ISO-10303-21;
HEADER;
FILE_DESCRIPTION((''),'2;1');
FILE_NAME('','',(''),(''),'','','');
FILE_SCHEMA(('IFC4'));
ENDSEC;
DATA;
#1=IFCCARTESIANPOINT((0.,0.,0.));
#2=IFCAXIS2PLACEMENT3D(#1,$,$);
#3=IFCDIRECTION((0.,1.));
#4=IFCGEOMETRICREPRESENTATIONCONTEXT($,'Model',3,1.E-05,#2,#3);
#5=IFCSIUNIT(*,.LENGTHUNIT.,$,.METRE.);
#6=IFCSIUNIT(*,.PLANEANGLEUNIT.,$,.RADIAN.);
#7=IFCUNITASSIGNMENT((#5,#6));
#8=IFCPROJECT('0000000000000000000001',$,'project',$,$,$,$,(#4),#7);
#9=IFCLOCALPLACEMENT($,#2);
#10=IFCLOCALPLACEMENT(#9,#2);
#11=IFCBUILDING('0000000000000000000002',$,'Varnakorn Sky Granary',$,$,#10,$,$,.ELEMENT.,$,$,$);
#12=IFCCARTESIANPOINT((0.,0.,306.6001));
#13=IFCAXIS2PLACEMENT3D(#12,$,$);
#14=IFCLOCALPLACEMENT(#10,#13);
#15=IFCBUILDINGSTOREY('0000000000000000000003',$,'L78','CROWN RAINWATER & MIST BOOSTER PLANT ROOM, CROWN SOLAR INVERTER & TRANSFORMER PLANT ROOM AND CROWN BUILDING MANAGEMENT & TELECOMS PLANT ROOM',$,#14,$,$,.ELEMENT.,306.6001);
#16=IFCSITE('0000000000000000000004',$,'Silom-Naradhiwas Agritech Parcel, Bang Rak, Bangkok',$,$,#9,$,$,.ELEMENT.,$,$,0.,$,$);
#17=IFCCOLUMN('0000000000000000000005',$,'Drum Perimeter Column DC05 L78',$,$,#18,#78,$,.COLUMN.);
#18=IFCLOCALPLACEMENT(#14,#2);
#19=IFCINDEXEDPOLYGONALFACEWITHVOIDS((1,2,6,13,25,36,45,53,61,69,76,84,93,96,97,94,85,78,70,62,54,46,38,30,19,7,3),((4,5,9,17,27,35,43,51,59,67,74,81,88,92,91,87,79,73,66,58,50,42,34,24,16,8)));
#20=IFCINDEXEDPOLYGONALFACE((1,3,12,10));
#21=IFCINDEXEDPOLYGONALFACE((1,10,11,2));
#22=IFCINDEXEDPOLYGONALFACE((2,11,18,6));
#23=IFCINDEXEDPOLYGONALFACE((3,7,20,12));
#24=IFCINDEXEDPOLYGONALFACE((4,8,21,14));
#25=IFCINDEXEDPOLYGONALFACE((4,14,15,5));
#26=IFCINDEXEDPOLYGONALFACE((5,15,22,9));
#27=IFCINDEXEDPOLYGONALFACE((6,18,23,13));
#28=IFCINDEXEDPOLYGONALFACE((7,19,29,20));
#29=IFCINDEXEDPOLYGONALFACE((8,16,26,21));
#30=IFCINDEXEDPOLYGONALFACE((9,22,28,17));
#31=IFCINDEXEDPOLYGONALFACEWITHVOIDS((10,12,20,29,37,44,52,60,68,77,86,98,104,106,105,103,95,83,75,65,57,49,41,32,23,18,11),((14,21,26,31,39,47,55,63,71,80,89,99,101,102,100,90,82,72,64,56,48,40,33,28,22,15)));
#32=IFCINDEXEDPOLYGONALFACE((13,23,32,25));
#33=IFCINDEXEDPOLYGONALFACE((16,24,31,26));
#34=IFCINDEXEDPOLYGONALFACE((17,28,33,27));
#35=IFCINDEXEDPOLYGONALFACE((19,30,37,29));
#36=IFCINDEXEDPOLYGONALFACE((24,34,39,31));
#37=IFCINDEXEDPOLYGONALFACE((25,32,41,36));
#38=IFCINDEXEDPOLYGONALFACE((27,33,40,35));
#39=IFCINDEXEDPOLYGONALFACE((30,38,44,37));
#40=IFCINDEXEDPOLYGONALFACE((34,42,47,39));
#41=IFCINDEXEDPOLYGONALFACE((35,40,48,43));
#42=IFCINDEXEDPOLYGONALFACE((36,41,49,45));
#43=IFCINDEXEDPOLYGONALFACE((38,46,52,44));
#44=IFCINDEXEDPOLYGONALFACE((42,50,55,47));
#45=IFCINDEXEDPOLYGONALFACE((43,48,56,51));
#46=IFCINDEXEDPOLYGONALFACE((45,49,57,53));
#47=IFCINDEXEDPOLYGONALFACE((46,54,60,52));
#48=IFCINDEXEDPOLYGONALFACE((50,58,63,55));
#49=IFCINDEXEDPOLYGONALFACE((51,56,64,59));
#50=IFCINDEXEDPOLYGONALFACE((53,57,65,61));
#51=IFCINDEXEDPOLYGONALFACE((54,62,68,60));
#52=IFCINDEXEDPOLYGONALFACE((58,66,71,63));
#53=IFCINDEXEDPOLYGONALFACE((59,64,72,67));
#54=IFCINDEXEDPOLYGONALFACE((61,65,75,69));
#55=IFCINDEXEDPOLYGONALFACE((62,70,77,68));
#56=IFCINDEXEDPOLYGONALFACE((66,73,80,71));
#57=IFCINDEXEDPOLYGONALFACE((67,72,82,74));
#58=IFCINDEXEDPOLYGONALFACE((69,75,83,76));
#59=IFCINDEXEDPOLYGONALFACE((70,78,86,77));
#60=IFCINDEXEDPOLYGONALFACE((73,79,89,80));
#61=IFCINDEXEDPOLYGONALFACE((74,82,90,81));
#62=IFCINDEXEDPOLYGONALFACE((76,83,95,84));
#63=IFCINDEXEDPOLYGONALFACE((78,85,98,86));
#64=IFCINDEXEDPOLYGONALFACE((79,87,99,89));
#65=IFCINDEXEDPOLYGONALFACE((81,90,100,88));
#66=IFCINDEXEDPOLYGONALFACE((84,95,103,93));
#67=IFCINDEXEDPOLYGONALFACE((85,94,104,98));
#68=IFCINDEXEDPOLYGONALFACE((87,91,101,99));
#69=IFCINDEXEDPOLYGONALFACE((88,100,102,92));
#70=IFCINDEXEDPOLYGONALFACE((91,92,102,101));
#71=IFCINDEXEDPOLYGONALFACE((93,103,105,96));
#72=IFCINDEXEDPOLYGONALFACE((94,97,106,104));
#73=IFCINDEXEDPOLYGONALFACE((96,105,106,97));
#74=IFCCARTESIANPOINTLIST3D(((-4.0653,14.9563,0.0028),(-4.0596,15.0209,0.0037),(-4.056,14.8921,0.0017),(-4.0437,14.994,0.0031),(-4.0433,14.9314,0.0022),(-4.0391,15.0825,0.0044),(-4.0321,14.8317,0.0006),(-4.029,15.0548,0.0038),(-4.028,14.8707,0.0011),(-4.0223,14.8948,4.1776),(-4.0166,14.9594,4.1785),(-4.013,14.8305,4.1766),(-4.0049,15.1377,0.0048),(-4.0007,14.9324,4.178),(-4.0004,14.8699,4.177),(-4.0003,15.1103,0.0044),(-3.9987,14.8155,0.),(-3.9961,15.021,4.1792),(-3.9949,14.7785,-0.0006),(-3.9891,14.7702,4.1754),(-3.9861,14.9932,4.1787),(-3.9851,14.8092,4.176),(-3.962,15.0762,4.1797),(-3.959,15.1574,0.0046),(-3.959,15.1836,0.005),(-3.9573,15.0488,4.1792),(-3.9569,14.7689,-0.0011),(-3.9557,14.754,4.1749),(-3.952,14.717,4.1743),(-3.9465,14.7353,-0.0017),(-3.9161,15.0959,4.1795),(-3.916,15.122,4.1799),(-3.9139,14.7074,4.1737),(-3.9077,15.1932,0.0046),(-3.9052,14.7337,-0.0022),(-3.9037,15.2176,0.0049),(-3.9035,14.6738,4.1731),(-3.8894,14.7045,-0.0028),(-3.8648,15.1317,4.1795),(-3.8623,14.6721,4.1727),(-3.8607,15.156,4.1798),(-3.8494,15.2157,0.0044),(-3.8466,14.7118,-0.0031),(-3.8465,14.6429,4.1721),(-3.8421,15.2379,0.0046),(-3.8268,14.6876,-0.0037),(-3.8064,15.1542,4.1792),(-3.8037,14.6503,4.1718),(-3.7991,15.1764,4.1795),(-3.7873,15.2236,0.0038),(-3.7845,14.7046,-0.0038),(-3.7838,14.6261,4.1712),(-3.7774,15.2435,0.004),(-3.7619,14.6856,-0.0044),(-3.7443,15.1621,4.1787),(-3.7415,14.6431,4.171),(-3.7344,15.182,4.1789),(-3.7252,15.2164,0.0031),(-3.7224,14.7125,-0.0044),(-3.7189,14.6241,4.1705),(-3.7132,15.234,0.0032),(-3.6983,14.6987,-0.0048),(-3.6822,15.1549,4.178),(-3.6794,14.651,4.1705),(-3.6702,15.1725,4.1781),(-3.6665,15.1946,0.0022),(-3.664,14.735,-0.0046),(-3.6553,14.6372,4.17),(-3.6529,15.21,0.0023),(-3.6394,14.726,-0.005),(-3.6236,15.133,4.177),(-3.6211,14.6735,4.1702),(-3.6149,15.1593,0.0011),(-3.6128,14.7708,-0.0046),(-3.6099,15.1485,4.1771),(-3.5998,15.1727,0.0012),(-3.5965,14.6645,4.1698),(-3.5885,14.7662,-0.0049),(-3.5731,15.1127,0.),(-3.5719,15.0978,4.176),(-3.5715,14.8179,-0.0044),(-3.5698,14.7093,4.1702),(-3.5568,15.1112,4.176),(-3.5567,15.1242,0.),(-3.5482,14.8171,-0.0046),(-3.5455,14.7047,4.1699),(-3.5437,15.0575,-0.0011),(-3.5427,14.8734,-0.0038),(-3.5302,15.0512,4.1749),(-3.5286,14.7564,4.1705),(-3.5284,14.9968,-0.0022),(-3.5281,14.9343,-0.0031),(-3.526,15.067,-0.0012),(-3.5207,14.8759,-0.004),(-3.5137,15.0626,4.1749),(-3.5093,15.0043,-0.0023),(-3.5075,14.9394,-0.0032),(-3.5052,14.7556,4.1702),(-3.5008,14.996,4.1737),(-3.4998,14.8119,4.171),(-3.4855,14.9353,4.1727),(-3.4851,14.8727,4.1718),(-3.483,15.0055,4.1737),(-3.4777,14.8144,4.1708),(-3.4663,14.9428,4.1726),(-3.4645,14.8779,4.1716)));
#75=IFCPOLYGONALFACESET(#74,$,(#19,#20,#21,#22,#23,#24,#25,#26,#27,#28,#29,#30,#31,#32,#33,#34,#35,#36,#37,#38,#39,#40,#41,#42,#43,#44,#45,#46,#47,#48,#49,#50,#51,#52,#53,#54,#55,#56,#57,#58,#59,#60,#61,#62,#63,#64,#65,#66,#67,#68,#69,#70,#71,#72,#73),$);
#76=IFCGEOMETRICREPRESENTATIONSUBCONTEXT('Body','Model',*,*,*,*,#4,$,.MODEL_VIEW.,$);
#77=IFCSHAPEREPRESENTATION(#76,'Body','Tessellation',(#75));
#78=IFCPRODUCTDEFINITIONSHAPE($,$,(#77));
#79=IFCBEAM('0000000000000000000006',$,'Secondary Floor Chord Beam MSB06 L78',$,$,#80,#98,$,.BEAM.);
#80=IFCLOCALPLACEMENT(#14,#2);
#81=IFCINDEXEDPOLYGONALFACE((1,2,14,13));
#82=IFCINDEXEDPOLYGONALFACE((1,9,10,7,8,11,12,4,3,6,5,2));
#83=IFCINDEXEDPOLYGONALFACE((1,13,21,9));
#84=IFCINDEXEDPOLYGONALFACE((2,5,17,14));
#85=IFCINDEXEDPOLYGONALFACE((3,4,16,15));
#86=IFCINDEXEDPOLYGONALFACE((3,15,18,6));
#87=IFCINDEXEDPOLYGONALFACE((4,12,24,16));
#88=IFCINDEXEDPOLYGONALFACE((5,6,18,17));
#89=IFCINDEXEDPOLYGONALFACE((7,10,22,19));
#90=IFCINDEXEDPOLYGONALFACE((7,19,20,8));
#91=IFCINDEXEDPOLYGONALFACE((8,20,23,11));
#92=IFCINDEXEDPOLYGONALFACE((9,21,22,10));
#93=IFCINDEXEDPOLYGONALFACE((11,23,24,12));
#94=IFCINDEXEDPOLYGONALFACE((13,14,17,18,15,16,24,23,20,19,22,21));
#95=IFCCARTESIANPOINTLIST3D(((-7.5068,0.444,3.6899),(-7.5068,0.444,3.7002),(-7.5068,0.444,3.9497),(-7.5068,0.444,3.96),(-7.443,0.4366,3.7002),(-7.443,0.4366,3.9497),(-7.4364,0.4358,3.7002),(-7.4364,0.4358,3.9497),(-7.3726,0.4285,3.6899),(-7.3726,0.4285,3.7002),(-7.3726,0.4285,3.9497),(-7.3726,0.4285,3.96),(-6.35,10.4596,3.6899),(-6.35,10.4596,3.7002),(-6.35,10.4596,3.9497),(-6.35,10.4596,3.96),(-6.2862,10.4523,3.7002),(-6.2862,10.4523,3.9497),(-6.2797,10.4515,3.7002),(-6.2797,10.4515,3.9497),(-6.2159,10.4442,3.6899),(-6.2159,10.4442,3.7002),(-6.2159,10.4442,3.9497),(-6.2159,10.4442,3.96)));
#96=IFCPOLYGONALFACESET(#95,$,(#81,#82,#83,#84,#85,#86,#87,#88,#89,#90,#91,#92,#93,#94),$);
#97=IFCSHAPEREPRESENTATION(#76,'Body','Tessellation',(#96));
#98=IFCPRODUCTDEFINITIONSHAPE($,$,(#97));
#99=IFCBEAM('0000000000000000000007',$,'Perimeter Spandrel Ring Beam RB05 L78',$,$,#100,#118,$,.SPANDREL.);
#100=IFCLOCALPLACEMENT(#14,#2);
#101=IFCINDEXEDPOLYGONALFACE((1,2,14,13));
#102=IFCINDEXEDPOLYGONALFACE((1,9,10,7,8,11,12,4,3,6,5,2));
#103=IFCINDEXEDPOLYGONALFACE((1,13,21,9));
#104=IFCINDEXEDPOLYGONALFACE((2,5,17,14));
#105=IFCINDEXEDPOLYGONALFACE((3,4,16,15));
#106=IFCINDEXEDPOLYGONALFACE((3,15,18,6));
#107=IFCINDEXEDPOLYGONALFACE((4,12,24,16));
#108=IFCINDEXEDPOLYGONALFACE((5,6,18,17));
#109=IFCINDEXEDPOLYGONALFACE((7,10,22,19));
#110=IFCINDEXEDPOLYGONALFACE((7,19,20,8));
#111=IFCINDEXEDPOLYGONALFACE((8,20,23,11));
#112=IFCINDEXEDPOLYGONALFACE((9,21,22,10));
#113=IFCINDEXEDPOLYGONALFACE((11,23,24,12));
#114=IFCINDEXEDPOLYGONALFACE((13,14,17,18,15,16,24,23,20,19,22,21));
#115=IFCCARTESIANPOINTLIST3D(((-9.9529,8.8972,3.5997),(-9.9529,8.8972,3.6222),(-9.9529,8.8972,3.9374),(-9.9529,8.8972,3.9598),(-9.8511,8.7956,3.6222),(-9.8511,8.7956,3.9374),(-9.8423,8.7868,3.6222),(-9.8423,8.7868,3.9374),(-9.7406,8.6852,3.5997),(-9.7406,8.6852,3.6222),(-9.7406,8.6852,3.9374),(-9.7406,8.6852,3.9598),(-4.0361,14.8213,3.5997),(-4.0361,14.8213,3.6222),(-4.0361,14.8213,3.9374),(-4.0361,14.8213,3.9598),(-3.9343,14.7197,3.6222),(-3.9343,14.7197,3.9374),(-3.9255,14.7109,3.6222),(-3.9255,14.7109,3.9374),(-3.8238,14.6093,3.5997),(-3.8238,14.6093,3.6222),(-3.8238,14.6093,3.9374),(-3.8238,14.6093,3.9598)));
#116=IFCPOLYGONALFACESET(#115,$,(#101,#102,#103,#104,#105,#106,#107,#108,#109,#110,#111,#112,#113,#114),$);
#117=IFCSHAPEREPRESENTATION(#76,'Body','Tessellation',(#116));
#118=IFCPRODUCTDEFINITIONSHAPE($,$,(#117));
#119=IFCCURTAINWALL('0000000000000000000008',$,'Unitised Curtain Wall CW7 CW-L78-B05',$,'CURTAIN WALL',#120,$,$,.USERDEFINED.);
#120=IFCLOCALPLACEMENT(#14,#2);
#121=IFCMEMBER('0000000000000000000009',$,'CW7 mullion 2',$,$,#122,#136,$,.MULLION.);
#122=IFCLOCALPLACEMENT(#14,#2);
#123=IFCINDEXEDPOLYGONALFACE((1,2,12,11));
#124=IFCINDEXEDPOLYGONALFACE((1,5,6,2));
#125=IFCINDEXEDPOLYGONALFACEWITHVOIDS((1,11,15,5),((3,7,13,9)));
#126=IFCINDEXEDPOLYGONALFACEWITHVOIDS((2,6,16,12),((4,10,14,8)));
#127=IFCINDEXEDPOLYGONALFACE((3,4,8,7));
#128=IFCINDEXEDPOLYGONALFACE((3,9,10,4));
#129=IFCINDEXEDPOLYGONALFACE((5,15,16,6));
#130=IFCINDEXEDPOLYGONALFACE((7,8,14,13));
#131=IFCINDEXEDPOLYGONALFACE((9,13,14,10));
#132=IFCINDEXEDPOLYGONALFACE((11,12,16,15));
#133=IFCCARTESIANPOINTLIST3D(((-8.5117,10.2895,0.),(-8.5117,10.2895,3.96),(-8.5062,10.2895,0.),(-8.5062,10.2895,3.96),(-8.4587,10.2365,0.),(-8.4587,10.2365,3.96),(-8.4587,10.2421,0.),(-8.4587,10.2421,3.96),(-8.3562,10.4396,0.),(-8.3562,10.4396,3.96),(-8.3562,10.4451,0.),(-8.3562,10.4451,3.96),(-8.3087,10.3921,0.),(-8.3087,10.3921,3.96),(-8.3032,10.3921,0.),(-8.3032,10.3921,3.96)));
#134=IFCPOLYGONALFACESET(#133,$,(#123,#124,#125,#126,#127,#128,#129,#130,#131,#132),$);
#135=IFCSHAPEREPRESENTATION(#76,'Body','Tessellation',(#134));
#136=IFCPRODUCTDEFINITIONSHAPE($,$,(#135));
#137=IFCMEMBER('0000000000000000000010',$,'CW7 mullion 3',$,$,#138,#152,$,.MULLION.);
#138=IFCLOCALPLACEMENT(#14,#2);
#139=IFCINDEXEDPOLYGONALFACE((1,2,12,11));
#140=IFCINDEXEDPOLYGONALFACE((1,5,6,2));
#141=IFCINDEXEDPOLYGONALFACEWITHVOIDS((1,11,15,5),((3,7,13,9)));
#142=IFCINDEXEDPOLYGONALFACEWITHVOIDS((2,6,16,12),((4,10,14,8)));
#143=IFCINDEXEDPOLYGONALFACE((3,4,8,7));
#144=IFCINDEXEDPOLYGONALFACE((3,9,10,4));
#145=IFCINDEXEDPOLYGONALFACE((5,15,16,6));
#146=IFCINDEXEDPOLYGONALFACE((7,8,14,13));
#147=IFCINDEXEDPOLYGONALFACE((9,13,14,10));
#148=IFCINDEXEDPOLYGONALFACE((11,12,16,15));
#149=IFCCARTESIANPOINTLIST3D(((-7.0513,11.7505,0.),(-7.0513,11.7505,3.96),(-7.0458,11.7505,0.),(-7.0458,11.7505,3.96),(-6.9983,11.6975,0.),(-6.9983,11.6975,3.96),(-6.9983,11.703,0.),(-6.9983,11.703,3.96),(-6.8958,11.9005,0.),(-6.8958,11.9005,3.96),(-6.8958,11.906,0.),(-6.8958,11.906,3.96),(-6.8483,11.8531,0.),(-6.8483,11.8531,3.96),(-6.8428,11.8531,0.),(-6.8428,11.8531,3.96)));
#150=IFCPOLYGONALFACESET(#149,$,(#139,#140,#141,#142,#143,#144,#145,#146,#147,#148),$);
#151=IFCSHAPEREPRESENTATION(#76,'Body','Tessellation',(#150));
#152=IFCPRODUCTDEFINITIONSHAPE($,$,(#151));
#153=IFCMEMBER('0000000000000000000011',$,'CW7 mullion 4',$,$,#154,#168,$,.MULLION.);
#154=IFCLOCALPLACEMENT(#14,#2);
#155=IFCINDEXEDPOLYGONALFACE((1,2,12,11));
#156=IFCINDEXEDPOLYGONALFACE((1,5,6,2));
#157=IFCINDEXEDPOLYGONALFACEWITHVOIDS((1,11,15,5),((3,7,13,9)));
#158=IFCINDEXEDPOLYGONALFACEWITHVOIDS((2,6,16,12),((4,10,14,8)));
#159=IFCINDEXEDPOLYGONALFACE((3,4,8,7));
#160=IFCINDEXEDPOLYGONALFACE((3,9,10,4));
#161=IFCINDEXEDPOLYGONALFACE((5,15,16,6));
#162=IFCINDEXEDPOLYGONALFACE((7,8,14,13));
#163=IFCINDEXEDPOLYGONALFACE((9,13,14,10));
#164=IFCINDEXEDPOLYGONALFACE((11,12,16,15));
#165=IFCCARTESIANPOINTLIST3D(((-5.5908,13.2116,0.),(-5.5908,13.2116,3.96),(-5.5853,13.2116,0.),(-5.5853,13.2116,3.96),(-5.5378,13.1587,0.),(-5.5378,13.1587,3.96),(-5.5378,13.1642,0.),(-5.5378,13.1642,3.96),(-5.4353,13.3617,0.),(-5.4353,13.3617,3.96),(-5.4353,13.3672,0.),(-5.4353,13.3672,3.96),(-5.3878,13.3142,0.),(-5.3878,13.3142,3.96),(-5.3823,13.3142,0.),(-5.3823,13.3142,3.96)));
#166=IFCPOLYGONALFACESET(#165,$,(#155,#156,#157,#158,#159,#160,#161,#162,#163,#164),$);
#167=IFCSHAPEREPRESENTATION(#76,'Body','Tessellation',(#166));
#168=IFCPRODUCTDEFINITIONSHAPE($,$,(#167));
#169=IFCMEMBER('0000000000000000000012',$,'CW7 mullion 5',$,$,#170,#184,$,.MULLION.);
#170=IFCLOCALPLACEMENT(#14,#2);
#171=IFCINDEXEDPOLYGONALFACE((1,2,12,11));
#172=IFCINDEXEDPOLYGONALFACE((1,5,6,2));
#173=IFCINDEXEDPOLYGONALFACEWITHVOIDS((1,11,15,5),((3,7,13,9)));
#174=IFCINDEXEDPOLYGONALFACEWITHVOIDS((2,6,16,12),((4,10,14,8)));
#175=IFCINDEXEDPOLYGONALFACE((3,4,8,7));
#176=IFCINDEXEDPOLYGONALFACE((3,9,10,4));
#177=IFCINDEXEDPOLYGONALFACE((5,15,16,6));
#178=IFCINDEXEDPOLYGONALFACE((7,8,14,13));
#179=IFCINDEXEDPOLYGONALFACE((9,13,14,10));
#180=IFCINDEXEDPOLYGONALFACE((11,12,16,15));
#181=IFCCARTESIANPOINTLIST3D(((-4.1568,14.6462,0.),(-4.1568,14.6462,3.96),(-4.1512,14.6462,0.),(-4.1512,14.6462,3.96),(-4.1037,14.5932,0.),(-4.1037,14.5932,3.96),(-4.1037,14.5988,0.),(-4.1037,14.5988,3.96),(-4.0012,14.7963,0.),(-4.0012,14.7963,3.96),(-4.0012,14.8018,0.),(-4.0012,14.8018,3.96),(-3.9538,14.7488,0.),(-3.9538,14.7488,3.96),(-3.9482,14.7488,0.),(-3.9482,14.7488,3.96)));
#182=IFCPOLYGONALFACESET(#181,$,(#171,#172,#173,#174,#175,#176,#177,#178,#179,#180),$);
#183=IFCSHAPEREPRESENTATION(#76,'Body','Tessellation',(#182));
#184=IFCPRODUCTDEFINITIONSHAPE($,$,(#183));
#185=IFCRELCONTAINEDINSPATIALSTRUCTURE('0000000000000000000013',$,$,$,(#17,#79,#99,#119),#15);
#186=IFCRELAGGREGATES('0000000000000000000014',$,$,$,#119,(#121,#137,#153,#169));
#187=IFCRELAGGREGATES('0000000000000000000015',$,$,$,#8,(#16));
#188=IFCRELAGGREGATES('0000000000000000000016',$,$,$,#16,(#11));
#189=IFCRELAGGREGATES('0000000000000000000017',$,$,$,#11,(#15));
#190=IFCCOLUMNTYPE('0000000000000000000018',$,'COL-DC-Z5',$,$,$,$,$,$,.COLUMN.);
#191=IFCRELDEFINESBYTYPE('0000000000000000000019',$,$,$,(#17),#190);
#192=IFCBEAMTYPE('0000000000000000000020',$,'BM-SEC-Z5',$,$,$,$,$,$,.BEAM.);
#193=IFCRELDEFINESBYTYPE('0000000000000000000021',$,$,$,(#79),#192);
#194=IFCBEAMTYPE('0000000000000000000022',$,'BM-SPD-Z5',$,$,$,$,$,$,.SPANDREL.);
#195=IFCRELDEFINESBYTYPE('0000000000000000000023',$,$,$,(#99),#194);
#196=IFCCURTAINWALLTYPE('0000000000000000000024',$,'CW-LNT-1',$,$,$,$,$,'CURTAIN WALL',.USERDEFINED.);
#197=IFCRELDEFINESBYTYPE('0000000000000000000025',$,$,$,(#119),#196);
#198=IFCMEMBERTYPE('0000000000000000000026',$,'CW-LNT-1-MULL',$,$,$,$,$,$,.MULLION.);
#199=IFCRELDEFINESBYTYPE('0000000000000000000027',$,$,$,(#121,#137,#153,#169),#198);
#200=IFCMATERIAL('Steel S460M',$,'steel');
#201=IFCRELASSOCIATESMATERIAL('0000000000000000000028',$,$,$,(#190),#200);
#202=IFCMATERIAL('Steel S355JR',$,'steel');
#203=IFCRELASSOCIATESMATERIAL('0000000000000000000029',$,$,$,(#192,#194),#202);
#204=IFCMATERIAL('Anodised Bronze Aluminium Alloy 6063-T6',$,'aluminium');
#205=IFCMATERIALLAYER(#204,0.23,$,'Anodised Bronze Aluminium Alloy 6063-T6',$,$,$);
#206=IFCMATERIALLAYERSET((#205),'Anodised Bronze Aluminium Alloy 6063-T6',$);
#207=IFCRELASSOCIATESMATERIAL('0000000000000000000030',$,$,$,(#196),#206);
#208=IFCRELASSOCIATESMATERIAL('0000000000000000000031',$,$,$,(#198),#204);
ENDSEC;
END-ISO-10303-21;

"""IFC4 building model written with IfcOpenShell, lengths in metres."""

from ifc_helpers import new_model, si_unit, direction, frame, origin, origin_2d, place, context, subcontext, project, spatial, hollow_rectangle, hollow_circle, i_section, extrude, material, layer, layer_set, material_profile, profile_set, type_object, element, aggregate, save


model = new_model("IFC4")

# Units and contexts
model_context = context("Model", 3, precision=1e-05, world=origin(), true_north=direction((0.0, 1.0)))
body_context = subcontext(model_context, "Body", "Model", "MODEL_VIEW")
ifc_project = project(units=[si_unit("LENGTHUNIT", "METRE"), si_unit("PLANEANGLEUNIT", "RADIAN")], contexts=[model_context])

# Site, building, storey
site_placement = place(None, origin())
site = spatial("IfcSite", under=ifc_project, at=site_placement, Name="Silom-Naradhiwas Agritech Parcel, Bang Rak, Bangkok", CompositionType="ELEMENT", RefElevation=0.0)
building_placement = place(site_placement, origin())
building = spatial("IfcBuilding", under=site, at=building_placement, Name="Varnakorn Sky Granary", CompositionType="ELEMENT")
storey_placement = place(building_placement, frame((0.0, 0.0, 306.6001)))
storey = spatial("IfcBuildingStorey", under=building, at=storey_placement, Name="L78", Description="CROWN RAINWATER & MIST BOOSTER PLANT ROOM, CROWN SOLAR INVERTER & TRANSFORMER PLANT ROOM AND CROWN BUILDING MANAGEMENT & TELECOMS PLANT ROOM", CompositionType="ELEMENT", Elevation=306.6001)

# Column
ifc_material_1 = material(Name="Steel S460M", Category="steel")
ifc_material_profile_1 = material_profile(ifc_material_1, hollow_circle(Radius=0.2795, WallThickness=0.02, at=origin_2d()), Name="CHS 559x20")
ifc_profile_set_1 = profile_set([ifc_material_profile_1], Name="Steel S460M")
column_type = type_object("IfcColumnType", Name="COL-DC-Z5", PredefinedType="COLUMN", material=ifc_profile_set_1)
column_placement = place(storey_placement, frame((-3.7859, 14.9641, 0.0), z_axis=(0.010291, -0.014734, 0.999838), x_axis=(0.819843, 0.572589, 0.0)))
element("IfcColumn", 1, at=column_placement, inside=storey, type_object=column_type, Name="Drum Perimeter Column DC05 L78", PredefinedType="COLUMN", context=body_context, shape_type="SweptSolid", body=[
    extrude(hollow_circle(Radius=0.2795, WallThickness=0.02, at=origin_2d()), origin(), (0.0, 0.0, 1.0), 4.1755),
])

# Beams
ifc_material_2 = material(Name="Steel S355JR", Category="steel")
ifc_material_profile_2 = material_profile(ifc_material_2, i_section(OverallWidth=0.135, OverallDepth=0.27, WebThickness=0.0066, FlangeThickness=0.0103, at=origin_2d()), Name="IPE 270")
ifc_profile_set_2 = profile_set([ifc_material_profile_2], Name="Steel S355JR")
beam_type_1 = type_object("IfcBeamType", Name="BM-SEC-Z5", PredefinedType="BEAM", material=ifc_profile_set_2)
beam_1_placement = place(storey_placement, frame((-6.283, 10.4519, 3.825), z_axis=(-0.114731, -0.993397, 0.0), x_axis=(0.993397, -0.114731, 0.0)))
element("IfcBeam", 2, at=beam_1_placement, inside=storey, type_object=beam_type_1, Name="Secondary Floor Chord Beam MSB06 L78", PredefinedType="BEAM", context=body_context, shape_type="SweptSolid", body=[
    extrude(i_section(OverallWidth=0.135, OverallDepth=0.27, WebThickness=0.0066, FlangeThickness=0.0103, at=origin_2d()), origin(), (0.0, 0.0, 1.0), 10.0823),
])
ifc_material_profile_3 = material_profile(ifc_material_2, i_section(OverallWidth=0.3, OverallDepth=0.3601, WebThickness=0.0125, FlangeThickness=0.0225, at=origin_2d()), Name="HE 360 B")
ifc_profile_set_3 = profile_set([ifc_material_profile_3], Name="Steel S355JR")
beam_type_2 = type_object("IfcBeamType", Name="BM-SPD-Z5", PredefinedType="SPANDREL", material=ifc_profile_set_3)
beam_2_placement = place(storey_placement, frame((-3.9299, 14.7153, 3.7798), z_axis=(-0.706669, -0.707544, 0.0), x_axis=(0.707544, -0.706669, 0.0)))
element("IfcBeam", 3, at=beam_2_placement, inside=storey, type_object=beam_type_2, Name="Perimeter Spandrel Ring Beam RB05 L78", PredefinedType="SPANDREL", context=body_context, shape_type="SweptSolid", body=[
    extrude(i_section(OverallWidth=0.3, OverallDepth=0.3601, WebThickness=0.0125, FlangeThickness=0.0225, at=origin_2d()), origin(), (0.0, 0.0, 1.0), 8.3728),
])

# Curtain wall, members
ifc_material_3 = material(Name="Anodised Bronze Aluminium Alloy 6063-T6", Category="aluminium")
ifc_layer_1 = layer(ifc_material_3, 0.23, Name="Anodised Bronze Aluminium Alloy 6063-T6")
ifc_layer_set_1 = layer_set([ifc_layer_1], Name="Anodised Bronze Aluminium Alloy 6063-T6")
curtain_wall_type = type_object("IfcCurtainWallType", Name="CW-LNT-1", ElementType="CURTAIN WALL", PredefinedType="USERDEFINED", material=ifc_layer_set_1)
curtain_wall_placement = place(storey_placement, origin())
curtain_wall = element("IfcCurtainWall", 4, at=curtain_wall_placement, inside=storey, type_object=curtain_wall_type, Name="Unitised Curtain Wall CW7 CW-L78-B05", ObjectType="CURTAIN WALL", PredefinedType="USERDEFINED")
ifc_material_profile_4 = material_profile(ifc_material_3, hollow_rectangle(XDim=0.075, YDim=0.22, WallThickness=0.0039, at=origin_2d()), Name="ALU MULL 75x220")
ifc_profile_set_4 = profile_set([ifc_material_profile_4], Name="Anodised Bronze Aluminium Alloy 6063-T6")
member_type_1 = type_object("IfcMemberType", Name="CW-LNT-1-MULL", PredefinedType="MULLION", material=ifc_profile_set_4)
member_1_placement = place(storey_placement, frame((-8.4075, 10.3408, 0.0), z_axis=(0.0, 0.0, 1.0), x_axis=(-0.707252, 0.706962, 0.0)))
member_1 = element("IfcMember", 5, at=member_1_placement, type_object=member_type_1, Name="CW7 mullion 2", PredefinedType="MULLION", context=body_context, shape_type="SweptSolid", body=[
    extrude(hollow_rectangle(XDim=0.075, YDim=0.22, WallThickness=0.0039, at=origin_2d()), origin(), (0.0, 0.0, 1.0), 3.96),
])
member_2_placement = place(storey_placement, frame((-6.947, 11.8018, 0.0), z_axis=(0.0, 0.0, 1.0), x_axis=(-0.707252, 0.706962, 0.0)))
member_2 = element("IfcMember", 6, at=member_2_placement, type_object=member_type_1, Name="CW7 mullion 3", PredefinedType="MULLION", context=body_context, shape_type="SweptSolid", body=[
    extrude(hollow_rectangle(XDim=0.075, YDim=0.22, WallThickness=0.0039, at=origin_2d()), origin(), (0.0, 0.0, 1.0), 3.96),
])
member_3_placement = place(storey_placement, frame((-5.4866, 13.2629, 0.0), z_axis=(0.0, 0.0, 1.0), x_axis=(-0.707252, 0.706962, 0.0)))
member_3 = element("IfcMember", 7, at=member_3_placement, type_object=member_type_1, Name="CW7 mullion 4", PredefinedType="MULLION", context=body_context, shape_type="SweptSolid", body=[
    extrude(hollow_rectangle(XDim=0.075, YDim=0.22, WallThickness=0.0039, at=origin_2d()), origin(), (0.0, 0.0, 1.0), 3.96),
])
member_4_placement = place(storey_placement, frame((-4.0525, 14.6975, 0.0), z_axis=(0.0, 0.0, 1.0), x_axis=(-0.707252, 0.706962, 0.0)))
member_4 = element("IfcMember", 8, at=member_4_placement, type_object=member_type_1, Name="CW7 mullion 5", PredefinedType="MULLION", context=body_context, shape_type="SweptSolid", body=[
    extrude(hollow_rectangle(XDim=0.075, YDim=0.22, WallThickness=0.0039, at=origin_2d()), origin(), (0.0, 0.0, 1.0), 3.96),
])

aggregate(curtain_wall, [member_1, member_2, member_3, member_4])

save(model, "model.ifc")
